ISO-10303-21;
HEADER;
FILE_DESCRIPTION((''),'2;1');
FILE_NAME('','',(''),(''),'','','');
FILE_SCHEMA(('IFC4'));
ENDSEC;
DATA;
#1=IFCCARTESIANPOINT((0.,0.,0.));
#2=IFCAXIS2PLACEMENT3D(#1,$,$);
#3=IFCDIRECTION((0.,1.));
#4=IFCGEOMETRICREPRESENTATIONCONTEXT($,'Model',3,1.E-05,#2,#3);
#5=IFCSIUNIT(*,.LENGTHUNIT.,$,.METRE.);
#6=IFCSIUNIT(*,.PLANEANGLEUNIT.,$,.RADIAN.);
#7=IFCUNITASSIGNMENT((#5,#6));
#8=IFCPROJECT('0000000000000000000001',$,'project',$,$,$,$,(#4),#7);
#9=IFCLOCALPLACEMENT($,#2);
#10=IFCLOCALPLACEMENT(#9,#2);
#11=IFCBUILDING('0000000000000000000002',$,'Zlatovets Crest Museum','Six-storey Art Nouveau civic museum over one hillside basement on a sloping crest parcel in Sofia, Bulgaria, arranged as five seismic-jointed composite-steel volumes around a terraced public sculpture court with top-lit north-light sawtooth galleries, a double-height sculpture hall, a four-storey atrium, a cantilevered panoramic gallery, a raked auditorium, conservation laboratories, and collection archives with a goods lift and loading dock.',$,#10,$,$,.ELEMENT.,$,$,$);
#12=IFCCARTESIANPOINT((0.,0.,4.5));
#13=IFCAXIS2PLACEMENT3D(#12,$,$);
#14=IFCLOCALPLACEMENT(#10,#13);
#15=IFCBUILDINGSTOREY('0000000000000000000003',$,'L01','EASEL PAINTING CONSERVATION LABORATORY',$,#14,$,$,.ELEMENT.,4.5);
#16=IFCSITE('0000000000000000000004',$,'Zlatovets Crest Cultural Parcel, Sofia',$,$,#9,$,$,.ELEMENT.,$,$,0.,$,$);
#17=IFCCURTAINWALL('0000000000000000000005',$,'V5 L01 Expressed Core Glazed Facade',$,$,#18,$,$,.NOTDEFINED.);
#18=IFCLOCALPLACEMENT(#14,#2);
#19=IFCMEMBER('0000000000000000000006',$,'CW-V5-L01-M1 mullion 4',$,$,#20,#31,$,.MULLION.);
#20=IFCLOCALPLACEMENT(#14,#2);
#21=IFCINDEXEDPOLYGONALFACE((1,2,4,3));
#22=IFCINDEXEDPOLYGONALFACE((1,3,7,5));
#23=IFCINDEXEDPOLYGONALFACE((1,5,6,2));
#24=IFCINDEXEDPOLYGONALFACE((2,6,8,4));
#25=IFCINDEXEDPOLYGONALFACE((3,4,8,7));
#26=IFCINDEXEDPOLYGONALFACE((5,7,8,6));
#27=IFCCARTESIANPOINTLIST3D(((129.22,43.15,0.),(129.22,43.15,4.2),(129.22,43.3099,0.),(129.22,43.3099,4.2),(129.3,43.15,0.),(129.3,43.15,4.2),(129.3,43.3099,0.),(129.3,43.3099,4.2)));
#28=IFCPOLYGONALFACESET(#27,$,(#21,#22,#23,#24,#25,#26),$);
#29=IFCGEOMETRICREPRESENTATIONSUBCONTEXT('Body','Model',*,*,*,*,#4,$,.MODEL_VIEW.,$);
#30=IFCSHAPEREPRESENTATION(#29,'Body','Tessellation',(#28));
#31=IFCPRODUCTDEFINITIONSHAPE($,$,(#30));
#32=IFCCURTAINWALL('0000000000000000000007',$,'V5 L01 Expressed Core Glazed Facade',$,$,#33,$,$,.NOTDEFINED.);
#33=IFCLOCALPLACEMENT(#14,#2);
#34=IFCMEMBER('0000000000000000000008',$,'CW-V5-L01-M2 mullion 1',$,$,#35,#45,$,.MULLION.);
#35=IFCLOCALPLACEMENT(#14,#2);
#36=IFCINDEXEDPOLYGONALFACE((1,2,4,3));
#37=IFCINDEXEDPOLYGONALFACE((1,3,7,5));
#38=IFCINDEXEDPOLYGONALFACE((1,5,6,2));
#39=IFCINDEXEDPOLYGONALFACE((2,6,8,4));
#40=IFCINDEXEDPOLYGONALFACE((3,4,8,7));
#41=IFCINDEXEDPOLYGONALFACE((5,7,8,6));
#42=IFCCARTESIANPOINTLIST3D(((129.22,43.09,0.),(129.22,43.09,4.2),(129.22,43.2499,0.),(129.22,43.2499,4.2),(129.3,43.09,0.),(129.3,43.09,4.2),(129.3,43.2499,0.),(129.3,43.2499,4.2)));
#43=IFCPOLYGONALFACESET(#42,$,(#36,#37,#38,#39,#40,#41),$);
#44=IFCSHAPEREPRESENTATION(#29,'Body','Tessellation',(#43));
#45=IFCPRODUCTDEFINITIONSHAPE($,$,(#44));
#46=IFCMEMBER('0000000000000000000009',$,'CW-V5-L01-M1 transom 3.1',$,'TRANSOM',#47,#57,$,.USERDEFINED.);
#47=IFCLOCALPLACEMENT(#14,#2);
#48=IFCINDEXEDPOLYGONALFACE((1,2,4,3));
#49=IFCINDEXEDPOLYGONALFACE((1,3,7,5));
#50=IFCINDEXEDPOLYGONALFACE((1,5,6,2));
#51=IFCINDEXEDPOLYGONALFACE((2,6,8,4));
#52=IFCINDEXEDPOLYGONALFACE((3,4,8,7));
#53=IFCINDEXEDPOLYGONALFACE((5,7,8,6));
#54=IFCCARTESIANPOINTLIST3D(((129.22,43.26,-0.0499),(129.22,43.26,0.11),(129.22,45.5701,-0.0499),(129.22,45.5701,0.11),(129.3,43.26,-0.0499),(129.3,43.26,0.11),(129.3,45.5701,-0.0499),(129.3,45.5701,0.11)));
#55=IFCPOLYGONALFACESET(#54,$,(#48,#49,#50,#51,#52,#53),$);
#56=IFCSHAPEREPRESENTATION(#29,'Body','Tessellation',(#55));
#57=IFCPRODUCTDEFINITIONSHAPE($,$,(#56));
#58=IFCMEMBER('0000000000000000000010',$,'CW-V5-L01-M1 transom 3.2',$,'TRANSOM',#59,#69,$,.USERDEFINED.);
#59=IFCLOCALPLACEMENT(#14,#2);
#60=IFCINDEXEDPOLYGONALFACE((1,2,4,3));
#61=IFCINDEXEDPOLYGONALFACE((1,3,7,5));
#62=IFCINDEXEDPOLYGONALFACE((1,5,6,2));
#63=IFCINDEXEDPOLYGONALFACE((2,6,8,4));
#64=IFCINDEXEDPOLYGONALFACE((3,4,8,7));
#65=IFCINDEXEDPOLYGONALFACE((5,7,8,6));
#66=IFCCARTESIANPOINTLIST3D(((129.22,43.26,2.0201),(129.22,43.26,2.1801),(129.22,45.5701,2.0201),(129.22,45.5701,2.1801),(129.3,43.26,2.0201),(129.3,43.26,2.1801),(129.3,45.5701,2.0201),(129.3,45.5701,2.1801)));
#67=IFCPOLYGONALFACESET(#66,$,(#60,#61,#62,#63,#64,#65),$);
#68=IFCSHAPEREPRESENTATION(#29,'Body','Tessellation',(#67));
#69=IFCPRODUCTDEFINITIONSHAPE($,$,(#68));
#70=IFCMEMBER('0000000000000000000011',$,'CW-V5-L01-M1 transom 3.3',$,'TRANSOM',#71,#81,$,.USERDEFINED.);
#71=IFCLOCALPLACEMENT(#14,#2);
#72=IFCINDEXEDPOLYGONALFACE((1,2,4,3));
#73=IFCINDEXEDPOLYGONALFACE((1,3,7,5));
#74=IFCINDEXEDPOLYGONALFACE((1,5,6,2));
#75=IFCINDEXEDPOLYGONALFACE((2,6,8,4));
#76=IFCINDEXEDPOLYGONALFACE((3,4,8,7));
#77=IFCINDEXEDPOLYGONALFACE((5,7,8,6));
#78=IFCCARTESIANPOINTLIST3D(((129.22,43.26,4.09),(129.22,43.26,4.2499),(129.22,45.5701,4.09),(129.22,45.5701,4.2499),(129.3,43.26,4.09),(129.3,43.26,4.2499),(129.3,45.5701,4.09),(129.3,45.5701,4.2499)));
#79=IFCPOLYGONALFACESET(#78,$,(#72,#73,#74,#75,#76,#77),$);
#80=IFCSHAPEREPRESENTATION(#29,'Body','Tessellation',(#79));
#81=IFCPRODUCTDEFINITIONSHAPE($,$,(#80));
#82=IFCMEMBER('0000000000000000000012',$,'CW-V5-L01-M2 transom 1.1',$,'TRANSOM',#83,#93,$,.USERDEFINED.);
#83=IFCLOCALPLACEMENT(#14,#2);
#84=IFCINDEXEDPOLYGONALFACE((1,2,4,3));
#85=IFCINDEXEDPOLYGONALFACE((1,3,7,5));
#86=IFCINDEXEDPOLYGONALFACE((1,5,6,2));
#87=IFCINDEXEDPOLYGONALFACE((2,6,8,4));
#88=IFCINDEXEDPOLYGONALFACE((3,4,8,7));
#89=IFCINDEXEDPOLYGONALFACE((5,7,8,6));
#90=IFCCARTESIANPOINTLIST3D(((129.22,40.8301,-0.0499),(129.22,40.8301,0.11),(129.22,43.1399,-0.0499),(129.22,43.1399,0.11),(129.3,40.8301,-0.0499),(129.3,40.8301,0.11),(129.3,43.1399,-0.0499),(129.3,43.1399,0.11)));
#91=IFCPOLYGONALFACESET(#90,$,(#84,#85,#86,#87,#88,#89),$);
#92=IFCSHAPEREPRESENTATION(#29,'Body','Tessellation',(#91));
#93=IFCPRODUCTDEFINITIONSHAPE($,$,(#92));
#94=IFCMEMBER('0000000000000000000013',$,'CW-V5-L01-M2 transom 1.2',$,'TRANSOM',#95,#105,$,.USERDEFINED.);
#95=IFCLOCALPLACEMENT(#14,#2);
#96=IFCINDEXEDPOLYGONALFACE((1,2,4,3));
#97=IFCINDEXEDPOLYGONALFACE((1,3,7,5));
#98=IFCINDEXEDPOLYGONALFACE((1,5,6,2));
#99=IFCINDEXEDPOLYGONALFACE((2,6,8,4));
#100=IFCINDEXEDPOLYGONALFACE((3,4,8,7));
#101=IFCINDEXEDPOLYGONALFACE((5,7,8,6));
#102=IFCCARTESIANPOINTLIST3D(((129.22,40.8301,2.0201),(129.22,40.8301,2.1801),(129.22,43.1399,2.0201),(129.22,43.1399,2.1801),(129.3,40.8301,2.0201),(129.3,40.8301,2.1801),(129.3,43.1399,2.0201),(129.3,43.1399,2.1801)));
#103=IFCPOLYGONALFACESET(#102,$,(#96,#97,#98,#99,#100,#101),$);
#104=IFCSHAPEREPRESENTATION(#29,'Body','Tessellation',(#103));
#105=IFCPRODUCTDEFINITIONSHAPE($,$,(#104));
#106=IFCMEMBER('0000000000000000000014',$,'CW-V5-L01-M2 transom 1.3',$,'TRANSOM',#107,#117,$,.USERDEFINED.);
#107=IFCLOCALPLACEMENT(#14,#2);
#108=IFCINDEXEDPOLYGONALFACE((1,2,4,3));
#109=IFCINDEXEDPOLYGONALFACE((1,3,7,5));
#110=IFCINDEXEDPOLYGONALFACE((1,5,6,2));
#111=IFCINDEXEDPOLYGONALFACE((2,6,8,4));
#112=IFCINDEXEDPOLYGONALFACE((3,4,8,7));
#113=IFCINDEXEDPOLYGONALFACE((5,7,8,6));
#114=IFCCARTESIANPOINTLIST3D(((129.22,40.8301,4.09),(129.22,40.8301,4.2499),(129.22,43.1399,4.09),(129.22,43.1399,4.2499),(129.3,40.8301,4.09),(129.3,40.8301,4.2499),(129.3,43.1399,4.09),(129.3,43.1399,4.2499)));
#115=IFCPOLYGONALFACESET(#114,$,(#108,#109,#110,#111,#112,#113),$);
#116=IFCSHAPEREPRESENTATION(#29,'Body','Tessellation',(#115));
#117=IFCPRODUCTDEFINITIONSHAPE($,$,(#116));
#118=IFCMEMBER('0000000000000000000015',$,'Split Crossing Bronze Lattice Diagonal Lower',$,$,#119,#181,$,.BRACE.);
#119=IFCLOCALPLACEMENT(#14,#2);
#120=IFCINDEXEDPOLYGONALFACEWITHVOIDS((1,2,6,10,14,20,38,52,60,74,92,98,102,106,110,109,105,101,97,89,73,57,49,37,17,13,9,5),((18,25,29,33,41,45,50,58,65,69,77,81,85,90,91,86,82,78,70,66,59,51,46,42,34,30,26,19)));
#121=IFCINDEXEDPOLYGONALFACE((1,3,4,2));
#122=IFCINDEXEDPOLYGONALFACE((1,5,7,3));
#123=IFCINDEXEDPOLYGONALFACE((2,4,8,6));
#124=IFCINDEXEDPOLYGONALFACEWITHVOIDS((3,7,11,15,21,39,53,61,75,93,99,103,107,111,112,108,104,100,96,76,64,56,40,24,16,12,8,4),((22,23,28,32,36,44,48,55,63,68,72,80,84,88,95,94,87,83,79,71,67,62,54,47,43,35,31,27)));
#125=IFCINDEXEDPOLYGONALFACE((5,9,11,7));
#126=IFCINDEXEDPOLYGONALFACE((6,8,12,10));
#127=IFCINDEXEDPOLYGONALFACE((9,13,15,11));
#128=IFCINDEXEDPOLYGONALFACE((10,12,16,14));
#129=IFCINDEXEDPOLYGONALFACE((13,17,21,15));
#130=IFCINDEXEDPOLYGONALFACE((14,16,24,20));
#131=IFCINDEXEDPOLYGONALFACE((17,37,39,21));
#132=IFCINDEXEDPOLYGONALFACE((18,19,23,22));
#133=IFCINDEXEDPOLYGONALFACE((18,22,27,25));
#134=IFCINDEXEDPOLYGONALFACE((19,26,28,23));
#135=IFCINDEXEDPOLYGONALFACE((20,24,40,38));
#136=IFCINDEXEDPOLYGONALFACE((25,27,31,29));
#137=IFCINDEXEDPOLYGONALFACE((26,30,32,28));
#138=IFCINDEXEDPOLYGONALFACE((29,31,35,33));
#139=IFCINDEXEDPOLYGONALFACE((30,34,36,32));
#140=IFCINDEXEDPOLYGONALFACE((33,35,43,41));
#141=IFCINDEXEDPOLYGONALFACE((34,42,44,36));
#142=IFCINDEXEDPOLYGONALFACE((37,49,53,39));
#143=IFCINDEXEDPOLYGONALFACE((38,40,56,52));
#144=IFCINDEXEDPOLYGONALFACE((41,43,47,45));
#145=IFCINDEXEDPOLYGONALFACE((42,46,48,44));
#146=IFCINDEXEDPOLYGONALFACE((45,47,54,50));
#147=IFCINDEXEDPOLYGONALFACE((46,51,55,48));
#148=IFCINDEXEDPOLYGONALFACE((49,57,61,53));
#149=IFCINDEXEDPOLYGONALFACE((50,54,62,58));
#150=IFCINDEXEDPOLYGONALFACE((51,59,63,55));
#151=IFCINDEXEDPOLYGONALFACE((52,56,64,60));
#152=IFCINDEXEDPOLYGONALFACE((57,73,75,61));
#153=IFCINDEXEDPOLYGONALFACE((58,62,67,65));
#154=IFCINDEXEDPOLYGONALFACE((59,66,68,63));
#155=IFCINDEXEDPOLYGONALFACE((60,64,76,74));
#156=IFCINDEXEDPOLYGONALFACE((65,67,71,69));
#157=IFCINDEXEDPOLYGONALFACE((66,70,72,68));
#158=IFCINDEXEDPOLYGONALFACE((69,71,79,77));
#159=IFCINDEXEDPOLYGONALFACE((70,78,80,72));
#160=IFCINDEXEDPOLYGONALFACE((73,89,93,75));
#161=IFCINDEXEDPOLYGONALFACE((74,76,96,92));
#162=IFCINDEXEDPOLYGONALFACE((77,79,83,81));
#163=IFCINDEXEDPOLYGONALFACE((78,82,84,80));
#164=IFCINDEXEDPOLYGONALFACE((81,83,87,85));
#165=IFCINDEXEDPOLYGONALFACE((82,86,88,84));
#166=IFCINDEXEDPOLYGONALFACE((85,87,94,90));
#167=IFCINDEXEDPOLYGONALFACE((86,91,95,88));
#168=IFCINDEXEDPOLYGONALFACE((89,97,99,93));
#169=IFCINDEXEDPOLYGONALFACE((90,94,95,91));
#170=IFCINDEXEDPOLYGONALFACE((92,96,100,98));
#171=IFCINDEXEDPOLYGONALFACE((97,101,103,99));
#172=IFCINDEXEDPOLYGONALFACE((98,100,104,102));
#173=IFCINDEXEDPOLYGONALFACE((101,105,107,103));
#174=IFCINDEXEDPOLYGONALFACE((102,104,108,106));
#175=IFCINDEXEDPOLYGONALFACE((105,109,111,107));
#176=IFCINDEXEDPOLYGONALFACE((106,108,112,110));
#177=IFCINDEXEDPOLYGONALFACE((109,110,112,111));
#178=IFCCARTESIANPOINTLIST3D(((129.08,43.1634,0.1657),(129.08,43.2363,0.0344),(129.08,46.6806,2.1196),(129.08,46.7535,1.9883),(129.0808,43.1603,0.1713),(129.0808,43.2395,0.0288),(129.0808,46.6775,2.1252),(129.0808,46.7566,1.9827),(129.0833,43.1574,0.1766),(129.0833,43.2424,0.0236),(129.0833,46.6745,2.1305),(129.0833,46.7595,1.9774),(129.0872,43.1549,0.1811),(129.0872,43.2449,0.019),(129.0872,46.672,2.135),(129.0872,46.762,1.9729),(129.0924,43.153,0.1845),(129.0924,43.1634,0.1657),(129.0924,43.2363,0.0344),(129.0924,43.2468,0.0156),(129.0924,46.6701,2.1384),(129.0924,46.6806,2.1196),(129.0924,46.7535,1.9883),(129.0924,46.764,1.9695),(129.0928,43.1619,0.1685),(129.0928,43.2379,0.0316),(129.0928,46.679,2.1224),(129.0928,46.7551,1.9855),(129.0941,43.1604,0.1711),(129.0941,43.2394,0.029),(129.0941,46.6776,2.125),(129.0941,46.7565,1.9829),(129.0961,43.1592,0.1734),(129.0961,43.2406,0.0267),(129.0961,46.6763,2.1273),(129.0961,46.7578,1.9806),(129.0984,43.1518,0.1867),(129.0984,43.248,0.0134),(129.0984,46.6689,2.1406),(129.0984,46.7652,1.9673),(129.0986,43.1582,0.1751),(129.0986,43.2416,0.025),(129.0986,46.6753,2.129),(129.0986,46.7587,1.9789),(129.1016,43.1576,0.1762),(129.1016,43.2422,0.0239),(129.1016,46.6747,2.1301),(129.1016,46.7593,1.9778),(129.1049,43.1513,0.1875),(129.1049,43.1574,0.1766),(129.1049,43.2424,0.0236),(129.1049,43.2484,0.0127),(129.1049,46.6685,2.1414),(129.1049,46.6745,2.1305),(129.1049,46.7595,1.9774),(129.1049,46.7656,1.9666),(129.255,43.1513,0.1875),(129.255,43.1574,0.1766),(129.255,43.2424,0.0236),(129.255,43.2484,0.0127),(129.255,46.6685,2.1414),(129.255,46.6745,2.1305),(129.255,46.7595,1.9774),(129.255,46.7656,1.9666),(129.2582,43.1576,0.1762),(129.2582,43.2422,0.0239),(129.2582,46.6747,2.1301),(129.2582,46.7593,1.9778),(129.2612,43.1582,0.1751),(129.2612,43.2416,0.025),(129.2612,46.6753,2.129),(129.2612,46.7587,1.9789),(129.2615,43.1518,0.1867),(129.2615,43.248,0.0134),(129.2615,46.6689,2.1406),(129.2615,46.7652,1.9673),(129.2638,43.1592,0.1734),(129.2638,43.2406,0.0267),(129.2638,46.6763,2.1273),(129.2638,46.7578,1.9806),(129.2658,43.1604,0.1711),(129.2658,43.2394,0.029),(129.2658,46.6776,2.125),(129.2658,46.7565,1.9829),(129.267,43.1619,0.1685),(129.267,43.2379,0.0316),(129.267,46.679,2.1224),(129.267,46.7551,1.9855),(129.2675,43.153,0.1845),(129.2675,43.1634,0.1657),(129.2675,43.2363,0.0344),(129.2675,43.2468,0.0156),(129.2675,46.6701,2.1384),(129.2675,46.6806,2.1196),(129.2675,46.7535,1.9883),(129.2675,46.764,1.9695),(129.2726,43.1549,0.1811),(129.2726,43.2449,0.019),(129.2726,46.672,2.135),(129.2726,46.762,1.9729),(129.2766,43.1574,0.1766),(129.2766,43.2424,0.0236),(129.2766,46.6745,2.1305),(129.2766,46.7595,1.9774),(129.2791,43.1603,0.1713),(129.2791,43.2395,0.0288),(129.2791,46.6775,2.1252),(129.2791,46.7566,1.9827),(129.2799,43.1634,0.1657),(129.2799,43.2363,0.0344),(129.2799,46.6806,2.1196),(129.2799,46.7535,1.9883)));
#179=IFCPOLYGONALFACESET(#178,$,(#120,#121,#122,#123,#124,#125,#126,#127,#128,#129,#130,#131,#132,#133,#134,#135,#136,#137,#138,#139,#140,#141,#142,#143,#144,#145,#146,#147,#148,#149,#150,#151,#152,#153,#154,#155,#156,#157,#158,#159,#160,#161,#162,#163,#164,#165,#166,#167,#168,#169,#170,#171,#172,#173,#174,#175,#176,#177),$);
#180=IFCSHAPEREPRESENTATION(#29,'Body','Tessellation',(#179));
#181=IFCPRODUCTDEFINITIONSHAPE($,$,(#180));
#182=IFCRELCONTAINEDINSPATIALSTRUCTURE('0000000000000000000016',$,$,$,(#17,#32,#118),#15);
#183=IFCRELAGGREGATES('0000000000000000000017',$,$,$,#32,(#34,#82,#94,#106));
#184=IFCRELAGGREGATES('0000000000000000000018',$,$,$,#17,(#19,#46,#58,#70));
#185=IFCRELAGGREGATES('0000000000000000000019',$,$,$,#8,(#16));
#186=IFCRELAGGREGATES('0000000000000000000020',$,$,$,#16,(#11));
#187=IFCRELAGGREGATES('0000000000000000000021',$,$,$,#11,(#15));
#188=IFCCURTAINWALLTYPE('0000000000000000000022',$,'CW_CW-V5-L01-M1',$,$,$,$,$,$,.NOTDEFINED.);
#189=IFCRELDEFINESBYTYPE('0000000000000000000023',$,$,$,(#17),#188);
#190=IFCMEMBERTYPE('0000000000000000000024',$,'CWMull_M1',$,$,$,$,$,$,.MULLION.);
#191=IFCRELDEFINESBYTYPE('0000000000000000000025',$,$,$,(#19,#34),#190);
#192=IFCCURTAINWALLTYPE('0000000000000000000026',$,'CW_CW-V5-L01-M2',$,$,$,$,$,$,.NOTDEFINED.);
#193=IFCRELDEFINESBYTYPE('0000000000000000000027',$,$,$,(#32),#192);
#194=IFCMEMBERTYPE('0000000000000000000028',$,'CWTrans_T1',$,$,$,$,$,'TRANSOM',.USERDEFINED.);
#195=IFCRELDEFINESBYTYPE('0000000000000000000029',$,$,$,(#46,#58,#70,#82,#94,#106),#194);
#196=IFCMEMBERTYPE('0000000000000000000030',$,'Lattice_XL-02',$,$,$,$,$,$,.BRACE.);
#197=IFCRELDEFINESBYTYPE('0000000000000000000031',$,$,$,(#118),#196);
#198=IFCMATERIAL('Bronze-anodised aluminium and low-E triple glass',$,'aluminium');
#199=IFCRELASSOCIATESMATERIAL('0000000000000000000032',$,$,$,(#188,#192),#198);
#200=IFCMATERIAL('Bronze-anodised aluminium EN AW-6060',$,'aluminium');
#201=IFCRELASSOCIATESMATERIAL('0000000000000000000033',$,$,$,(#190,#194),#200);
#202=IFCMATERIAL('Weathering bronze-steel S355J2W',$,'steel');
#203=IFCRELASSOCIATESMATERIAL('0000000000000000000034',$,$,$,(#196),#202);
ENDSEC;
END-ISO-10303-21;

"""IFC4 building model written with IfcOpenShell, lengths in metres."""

from ifc_helpers import new_model, si_unit, direction, frame, origin, origin_2d, place, context, subcontext, project, spatial, rectangle, hollow_rectangle, extrude, material, material_profile, profile_set, type_object, element, aggregate, save


model = new_model("IFC4")

# Units and contexts
model_context = context("Model", 3, precision=1e-05, world=origin(), true_north=direction((0.0, 1.0)))
body_context = subcontext(model_context, "Body", "Model", "MODEL_VIEW")
ifc_project = project(units=[si_unit("LENGTHUNIT", "METRE"), si_unit("PLANEANGLEUNIT", "RADIAN")], contexts=[model_context])

# Site, building, storey
site_placement = place(None, origin())
site = spatial("IfcSite", under=ifc_project, at=site_placement, Name="Zlatovets Crest Cultural Parcel, Sofia", CompositionType="ELEMENT", RefElevation=0.0)
building_placement = place(site_placement, origin())
building = spatial("IfcBuilding", under=site, at=building_placement, Name="Zlatovets Crest Museum", Description="Six-storey Art Nouveau civic museum over one hillside basement on a sloping crest parcel in Sofia, Bulgaria, arranged as five seismic-jointed composite-steel volumes around a terraced public sculpture court with top-lit north-light sawtooth galleries, a double-height sculpture hall, a four-storey atrium, a cantilevered panoramic gallery, a raked auditorium, conservation laboratories, and collection archives with a goods lift and loading dock.", CompositionType="ELEMENT")
storey_placement = place(building_placement, frame((0.0, 0.0, 4.5)))
storey = spatial("IfcBuildingStorey", under=building, at=storey_placement, Name="L01", Description="EASEL PAINTING CONSERVATION LABORATORY", CompositionType="ELEMENT", Elevation=4.5)

# Curtain wall, member
ifc_material_1 = material(Name="Bronze-anodised aluminium and low-E triple glass", Category="aluminium")
curtain_wall_type_1 = type_object("IfcCurtainWallType", Name="CW_CW-V5-L01-M1", PredefinedType="NOTDEFINED", material=ifc_material_1)
curtain_wall_1_placement = place(storey_placement, origin())
curtain_wall_1 = element("IfcCurtainWall", 1, at=curtain_wall_1_placement, inside=storey, type_object=curtain_wall_type_1, Name="V5 L01 Expressed Core Glazed Facade", PredefinedType="NOTDEFINED")
ifc_material_2 = material(Name="Bronze-anodised aluminium EN AW-6060", Category="aluminium")
ifc_material_profile_1 = material_profile(ifc_material_2, rectangle(XDim=0.0801, YDim=0.1599, at=origin_2d()), Name="ALU 80x160")
ifc_profile_set_1 = profile_set([ifc_material_profile_1], Name="Bronze-anodised aluminium EN AW-6060")
member_type_1 = type_object("IfcMemberType", Name="CWMull_M1", PredefinedType="MULLION", material=ifc_profile_set_1)
member_1_placement = place(storey_placement, frame((129.26, 43.23, 0.0), z_axis=(0.0, 0.0, 1.0), x_axis=(1.0, 0.0, 0.0)))
member_1 = element("IfcMember", 2, at=member_1_placement, type_object=member_type_1, Name="CW-V5-L01-M1 mullion 4", PredefinedType="MULLION", context=body_context, shape_type="SweptSolid", body=[
    extrude(rectangle(XDim=0.0801, YDim=0.1599, at=origin_2d()), origin(), (0.0, 0.0, 1.0), 4.2),
])

# Curtain wall, member
curtain_wall_type_2 = type_object("IfcCurtainWallType", Name="CW_CW-V5-L01-M2", PredefinedType="NOTDEFINED", material=ifc_material_1)
curtain_wall_2_placement = place(storey_placement, origin())
curtain_wall_2 = element("IfcCurtainWall", 3, at=curtain_wall_2_placement, inside=storey, type_object=curtain_wall_type_2, Name="V5 L01 Expressed Core Glazed Facade", PredefinedType="NOTDEFINED")
member_2_placement = place(storey_placement, frame((129.26, 43.1699, 0.0), z_axis=(0.0, 0.0, 1.0), x_axis=(1.0, 0.0, 0.0)))
member_2 = element("IfcMember", 4, at=member_2_placement, type_object=member_type_1, Name="CW-V5-L01-M2 mullion 1", PredefinedType="MULLION", context=body_context, shape_type="SweptSolid", body=[
    extrude(rectangle(XDim=0.0801, YDim=0.1599, at=origin_2d()), origin(), (0.0, 0.0, 1.0), 4.2),
])

# Members
ifc_material_profile_2 = material_profile(ifc_material_2, rectangle(XDim=0.0801, YDim=0.1599, at=origin_2d()), Name="ALU 80x160")
ifc_profile_set_2 = profile_set([ifc_material_profile_2], Name="Bronze-anodised aluminium EN AW-6060")
member_type_2 = type_object("IfcMemberType", Name="CWTrans_T1", ElementType="TRANSOM", PredefinedType="USERDEFINED", material=ifc_profile_set_2)
member_3_placement = place(storey_placement, frame((129.26, 45.5701, 0.03), z_axis=(0.0, -1.0, 0.0), x_axis=(1.0, 0.0, 0.0)))
member_3 = element("IfcMember", 5, at=member_3_placement, type_object=member_type_2, Name="CW-V5-L01-M1 transom 3.1", ObjectType="TRANSOM", PredefinedType="USERDEFINED", context=body_context, shape_type="SweptSolid", body=[
    extrude(rectangle(XDim=0.0801, YDim=0.1599, at=origin_2d()), origin(), (0.0, 0.0, 1.0), 2.3101),
])
member_4_placement = place(storey_placement, frame((129.26, 45.5701, 2.1001), z_axis=(0.0, -1.0, 0.0), x_axis=(1.0, 0.0, 0.0)))
member_4 = element("IfcMember", 6, at=member_4_placement, type_object=member_type_2, Name="CW-V5-L01-M1 transom 3.2", ObjectType="TRANSOM", PredefinedType="USERDEFINED", context=body_context, shape_type="SweptSolid", body=[
    extrude(rectangle(XDim=0.0801, YDim=0.1599, at=origin_2d()), origin(), (0.0, 0.0, 1.0), 2.3101),
])
member_5_placement = place(storey_placement, frame((129.26, 45.5701, 4.1699), z_axis=(0.0, -1.0, 0.0), x_axis=(1.0, 0.0, 0.0)))
member_5 = element("IfcMember", 7, at=member_5_placement, type_object=member_type_2, Name="CW-V5-L01-M1 transom 3.3", ObjectType="TRANSOM", PredefinedType="USERDEFINED", context=body_context, shape_type="SweptSolid", body=[
    extrude(rectangle(XDim=0.0801, YDim=0.1599, at=origin_2d()), origin(), (0.0, 0.0, 1.0), 2.3101),
])
member_6_placement = place(storey_placement, frame((129.26, 43.1399, 0.03), z_axis=(0.0, -1.0, 0.0), x_axis=(1.0, 0.0, 0.0)))
member_6 = element("IfcMember", 8, at=member_6_placement, type_object=member_type_2, Name="CW-V5-L01-M2 transom 1.1", ObjectType="TRANSOM", PredefinedType="USERDEFINED", context=body_context, shape_type="SweptSolid", body=[
    extrude(rectangle(XDim=0.0801, YDim=0.1599, at=origin_2d()), origin(), (0.0, 0.0, 1.0), 2.3098),
])
member_7_placement = place(storey_placement, frame((129.26, 43.1399, 2.1001), z_axis=(0.0, -1.0, 0.0), x_axis=(1.0, 0.0, 0.0)))
member_7 = element("IfcMember", 9, at=member_7_placement, type_object=member_type_2, Name="CW-V5-L01-M2 transom 1.2", ObjectType="TRANSOM", PredefinedType="USERDEFINED", context=body_context, shape_type="SweptSolid", body=[
    extrude(rectangle(XDim=0.0801, YDim=0.1599, at=origin_2d()), origin(), (0.0, 0.0, 1.0), 2.3098),
])
member_8_placement = place(storey_placement, frame((129.26, 43.1399, 4.1699), z_axis=(0.0, -1.0, 0.0), x_axis=(1.0, 0.0, 0.0)))
member_8 = element("IfcMember", 10, at=member_8_placement, type_object=member_type_2, Name="CW-V5-L01-M2 transom 1.3", ObjectType="TRANSOM", PredefinedType="USERDEFINED", context=body_context, shape_type="SweptSolid", body=[
    extrude(rectangle(XDim=0.0801, YDim=0.1599, at=origin_2d()), origin(), (0.0, 0.0, 1.0), 2.3098),
])
aggregate(curtain_wall_2, [member_2, member_6, member_7, member_8])

# Member
ifc_material_3 = material(Name="Weathering bronze-steel S355J2W", Category="steel")
ifc_material_profile_3 = material_profile(ifc_material_3, hollow_rectangle(XDim=0.2, YDim=0.2, WallThickness=0.0125, InnerFilletRadius=0.0125, OuterFilletRadius=0.0249, at=origin_2d()), Name="SHS 200x200x12.5")
ifc_profile_set_3 = profile_set([ifc_material_profile_3], Name="Weathering bronze-steel S355J2W")
member_type_3 = type_object("IfcMemberType", Name="Lattice_XL-02", PredefinedType="BRACE", material=ifc_profile_set_3)
member_9_placement = place(storey_placement, frame((129.1799, 46.717, 2.054), z_axis=(0.0, -0.874166, -0.485627), x_axis=(1.0, 0.0, 0.0)))
element("IfcMember", 11, at=member_9_placement, inside=storey, type_object=member_type_3, Name="Split Crossing Bronze Lattice Diagonal Lower", PredefinedType="BRACE", context=body_context, shape_type="SweptSolid", body=[
    extrude(hollow_rectangle(XDim=0.2, YDim=0.2, WallThickness=0.0125, InnerFilletRadius=0.0125, OuterFilletRadius=0.0249, at=origin_2d()), origin(), (0.0, 0.0, 1.0), 4.0234),
])

aggregate(curtain_wall_1, [member_1, member_3, member_4, member_5])

save(model, "model.ifc")
